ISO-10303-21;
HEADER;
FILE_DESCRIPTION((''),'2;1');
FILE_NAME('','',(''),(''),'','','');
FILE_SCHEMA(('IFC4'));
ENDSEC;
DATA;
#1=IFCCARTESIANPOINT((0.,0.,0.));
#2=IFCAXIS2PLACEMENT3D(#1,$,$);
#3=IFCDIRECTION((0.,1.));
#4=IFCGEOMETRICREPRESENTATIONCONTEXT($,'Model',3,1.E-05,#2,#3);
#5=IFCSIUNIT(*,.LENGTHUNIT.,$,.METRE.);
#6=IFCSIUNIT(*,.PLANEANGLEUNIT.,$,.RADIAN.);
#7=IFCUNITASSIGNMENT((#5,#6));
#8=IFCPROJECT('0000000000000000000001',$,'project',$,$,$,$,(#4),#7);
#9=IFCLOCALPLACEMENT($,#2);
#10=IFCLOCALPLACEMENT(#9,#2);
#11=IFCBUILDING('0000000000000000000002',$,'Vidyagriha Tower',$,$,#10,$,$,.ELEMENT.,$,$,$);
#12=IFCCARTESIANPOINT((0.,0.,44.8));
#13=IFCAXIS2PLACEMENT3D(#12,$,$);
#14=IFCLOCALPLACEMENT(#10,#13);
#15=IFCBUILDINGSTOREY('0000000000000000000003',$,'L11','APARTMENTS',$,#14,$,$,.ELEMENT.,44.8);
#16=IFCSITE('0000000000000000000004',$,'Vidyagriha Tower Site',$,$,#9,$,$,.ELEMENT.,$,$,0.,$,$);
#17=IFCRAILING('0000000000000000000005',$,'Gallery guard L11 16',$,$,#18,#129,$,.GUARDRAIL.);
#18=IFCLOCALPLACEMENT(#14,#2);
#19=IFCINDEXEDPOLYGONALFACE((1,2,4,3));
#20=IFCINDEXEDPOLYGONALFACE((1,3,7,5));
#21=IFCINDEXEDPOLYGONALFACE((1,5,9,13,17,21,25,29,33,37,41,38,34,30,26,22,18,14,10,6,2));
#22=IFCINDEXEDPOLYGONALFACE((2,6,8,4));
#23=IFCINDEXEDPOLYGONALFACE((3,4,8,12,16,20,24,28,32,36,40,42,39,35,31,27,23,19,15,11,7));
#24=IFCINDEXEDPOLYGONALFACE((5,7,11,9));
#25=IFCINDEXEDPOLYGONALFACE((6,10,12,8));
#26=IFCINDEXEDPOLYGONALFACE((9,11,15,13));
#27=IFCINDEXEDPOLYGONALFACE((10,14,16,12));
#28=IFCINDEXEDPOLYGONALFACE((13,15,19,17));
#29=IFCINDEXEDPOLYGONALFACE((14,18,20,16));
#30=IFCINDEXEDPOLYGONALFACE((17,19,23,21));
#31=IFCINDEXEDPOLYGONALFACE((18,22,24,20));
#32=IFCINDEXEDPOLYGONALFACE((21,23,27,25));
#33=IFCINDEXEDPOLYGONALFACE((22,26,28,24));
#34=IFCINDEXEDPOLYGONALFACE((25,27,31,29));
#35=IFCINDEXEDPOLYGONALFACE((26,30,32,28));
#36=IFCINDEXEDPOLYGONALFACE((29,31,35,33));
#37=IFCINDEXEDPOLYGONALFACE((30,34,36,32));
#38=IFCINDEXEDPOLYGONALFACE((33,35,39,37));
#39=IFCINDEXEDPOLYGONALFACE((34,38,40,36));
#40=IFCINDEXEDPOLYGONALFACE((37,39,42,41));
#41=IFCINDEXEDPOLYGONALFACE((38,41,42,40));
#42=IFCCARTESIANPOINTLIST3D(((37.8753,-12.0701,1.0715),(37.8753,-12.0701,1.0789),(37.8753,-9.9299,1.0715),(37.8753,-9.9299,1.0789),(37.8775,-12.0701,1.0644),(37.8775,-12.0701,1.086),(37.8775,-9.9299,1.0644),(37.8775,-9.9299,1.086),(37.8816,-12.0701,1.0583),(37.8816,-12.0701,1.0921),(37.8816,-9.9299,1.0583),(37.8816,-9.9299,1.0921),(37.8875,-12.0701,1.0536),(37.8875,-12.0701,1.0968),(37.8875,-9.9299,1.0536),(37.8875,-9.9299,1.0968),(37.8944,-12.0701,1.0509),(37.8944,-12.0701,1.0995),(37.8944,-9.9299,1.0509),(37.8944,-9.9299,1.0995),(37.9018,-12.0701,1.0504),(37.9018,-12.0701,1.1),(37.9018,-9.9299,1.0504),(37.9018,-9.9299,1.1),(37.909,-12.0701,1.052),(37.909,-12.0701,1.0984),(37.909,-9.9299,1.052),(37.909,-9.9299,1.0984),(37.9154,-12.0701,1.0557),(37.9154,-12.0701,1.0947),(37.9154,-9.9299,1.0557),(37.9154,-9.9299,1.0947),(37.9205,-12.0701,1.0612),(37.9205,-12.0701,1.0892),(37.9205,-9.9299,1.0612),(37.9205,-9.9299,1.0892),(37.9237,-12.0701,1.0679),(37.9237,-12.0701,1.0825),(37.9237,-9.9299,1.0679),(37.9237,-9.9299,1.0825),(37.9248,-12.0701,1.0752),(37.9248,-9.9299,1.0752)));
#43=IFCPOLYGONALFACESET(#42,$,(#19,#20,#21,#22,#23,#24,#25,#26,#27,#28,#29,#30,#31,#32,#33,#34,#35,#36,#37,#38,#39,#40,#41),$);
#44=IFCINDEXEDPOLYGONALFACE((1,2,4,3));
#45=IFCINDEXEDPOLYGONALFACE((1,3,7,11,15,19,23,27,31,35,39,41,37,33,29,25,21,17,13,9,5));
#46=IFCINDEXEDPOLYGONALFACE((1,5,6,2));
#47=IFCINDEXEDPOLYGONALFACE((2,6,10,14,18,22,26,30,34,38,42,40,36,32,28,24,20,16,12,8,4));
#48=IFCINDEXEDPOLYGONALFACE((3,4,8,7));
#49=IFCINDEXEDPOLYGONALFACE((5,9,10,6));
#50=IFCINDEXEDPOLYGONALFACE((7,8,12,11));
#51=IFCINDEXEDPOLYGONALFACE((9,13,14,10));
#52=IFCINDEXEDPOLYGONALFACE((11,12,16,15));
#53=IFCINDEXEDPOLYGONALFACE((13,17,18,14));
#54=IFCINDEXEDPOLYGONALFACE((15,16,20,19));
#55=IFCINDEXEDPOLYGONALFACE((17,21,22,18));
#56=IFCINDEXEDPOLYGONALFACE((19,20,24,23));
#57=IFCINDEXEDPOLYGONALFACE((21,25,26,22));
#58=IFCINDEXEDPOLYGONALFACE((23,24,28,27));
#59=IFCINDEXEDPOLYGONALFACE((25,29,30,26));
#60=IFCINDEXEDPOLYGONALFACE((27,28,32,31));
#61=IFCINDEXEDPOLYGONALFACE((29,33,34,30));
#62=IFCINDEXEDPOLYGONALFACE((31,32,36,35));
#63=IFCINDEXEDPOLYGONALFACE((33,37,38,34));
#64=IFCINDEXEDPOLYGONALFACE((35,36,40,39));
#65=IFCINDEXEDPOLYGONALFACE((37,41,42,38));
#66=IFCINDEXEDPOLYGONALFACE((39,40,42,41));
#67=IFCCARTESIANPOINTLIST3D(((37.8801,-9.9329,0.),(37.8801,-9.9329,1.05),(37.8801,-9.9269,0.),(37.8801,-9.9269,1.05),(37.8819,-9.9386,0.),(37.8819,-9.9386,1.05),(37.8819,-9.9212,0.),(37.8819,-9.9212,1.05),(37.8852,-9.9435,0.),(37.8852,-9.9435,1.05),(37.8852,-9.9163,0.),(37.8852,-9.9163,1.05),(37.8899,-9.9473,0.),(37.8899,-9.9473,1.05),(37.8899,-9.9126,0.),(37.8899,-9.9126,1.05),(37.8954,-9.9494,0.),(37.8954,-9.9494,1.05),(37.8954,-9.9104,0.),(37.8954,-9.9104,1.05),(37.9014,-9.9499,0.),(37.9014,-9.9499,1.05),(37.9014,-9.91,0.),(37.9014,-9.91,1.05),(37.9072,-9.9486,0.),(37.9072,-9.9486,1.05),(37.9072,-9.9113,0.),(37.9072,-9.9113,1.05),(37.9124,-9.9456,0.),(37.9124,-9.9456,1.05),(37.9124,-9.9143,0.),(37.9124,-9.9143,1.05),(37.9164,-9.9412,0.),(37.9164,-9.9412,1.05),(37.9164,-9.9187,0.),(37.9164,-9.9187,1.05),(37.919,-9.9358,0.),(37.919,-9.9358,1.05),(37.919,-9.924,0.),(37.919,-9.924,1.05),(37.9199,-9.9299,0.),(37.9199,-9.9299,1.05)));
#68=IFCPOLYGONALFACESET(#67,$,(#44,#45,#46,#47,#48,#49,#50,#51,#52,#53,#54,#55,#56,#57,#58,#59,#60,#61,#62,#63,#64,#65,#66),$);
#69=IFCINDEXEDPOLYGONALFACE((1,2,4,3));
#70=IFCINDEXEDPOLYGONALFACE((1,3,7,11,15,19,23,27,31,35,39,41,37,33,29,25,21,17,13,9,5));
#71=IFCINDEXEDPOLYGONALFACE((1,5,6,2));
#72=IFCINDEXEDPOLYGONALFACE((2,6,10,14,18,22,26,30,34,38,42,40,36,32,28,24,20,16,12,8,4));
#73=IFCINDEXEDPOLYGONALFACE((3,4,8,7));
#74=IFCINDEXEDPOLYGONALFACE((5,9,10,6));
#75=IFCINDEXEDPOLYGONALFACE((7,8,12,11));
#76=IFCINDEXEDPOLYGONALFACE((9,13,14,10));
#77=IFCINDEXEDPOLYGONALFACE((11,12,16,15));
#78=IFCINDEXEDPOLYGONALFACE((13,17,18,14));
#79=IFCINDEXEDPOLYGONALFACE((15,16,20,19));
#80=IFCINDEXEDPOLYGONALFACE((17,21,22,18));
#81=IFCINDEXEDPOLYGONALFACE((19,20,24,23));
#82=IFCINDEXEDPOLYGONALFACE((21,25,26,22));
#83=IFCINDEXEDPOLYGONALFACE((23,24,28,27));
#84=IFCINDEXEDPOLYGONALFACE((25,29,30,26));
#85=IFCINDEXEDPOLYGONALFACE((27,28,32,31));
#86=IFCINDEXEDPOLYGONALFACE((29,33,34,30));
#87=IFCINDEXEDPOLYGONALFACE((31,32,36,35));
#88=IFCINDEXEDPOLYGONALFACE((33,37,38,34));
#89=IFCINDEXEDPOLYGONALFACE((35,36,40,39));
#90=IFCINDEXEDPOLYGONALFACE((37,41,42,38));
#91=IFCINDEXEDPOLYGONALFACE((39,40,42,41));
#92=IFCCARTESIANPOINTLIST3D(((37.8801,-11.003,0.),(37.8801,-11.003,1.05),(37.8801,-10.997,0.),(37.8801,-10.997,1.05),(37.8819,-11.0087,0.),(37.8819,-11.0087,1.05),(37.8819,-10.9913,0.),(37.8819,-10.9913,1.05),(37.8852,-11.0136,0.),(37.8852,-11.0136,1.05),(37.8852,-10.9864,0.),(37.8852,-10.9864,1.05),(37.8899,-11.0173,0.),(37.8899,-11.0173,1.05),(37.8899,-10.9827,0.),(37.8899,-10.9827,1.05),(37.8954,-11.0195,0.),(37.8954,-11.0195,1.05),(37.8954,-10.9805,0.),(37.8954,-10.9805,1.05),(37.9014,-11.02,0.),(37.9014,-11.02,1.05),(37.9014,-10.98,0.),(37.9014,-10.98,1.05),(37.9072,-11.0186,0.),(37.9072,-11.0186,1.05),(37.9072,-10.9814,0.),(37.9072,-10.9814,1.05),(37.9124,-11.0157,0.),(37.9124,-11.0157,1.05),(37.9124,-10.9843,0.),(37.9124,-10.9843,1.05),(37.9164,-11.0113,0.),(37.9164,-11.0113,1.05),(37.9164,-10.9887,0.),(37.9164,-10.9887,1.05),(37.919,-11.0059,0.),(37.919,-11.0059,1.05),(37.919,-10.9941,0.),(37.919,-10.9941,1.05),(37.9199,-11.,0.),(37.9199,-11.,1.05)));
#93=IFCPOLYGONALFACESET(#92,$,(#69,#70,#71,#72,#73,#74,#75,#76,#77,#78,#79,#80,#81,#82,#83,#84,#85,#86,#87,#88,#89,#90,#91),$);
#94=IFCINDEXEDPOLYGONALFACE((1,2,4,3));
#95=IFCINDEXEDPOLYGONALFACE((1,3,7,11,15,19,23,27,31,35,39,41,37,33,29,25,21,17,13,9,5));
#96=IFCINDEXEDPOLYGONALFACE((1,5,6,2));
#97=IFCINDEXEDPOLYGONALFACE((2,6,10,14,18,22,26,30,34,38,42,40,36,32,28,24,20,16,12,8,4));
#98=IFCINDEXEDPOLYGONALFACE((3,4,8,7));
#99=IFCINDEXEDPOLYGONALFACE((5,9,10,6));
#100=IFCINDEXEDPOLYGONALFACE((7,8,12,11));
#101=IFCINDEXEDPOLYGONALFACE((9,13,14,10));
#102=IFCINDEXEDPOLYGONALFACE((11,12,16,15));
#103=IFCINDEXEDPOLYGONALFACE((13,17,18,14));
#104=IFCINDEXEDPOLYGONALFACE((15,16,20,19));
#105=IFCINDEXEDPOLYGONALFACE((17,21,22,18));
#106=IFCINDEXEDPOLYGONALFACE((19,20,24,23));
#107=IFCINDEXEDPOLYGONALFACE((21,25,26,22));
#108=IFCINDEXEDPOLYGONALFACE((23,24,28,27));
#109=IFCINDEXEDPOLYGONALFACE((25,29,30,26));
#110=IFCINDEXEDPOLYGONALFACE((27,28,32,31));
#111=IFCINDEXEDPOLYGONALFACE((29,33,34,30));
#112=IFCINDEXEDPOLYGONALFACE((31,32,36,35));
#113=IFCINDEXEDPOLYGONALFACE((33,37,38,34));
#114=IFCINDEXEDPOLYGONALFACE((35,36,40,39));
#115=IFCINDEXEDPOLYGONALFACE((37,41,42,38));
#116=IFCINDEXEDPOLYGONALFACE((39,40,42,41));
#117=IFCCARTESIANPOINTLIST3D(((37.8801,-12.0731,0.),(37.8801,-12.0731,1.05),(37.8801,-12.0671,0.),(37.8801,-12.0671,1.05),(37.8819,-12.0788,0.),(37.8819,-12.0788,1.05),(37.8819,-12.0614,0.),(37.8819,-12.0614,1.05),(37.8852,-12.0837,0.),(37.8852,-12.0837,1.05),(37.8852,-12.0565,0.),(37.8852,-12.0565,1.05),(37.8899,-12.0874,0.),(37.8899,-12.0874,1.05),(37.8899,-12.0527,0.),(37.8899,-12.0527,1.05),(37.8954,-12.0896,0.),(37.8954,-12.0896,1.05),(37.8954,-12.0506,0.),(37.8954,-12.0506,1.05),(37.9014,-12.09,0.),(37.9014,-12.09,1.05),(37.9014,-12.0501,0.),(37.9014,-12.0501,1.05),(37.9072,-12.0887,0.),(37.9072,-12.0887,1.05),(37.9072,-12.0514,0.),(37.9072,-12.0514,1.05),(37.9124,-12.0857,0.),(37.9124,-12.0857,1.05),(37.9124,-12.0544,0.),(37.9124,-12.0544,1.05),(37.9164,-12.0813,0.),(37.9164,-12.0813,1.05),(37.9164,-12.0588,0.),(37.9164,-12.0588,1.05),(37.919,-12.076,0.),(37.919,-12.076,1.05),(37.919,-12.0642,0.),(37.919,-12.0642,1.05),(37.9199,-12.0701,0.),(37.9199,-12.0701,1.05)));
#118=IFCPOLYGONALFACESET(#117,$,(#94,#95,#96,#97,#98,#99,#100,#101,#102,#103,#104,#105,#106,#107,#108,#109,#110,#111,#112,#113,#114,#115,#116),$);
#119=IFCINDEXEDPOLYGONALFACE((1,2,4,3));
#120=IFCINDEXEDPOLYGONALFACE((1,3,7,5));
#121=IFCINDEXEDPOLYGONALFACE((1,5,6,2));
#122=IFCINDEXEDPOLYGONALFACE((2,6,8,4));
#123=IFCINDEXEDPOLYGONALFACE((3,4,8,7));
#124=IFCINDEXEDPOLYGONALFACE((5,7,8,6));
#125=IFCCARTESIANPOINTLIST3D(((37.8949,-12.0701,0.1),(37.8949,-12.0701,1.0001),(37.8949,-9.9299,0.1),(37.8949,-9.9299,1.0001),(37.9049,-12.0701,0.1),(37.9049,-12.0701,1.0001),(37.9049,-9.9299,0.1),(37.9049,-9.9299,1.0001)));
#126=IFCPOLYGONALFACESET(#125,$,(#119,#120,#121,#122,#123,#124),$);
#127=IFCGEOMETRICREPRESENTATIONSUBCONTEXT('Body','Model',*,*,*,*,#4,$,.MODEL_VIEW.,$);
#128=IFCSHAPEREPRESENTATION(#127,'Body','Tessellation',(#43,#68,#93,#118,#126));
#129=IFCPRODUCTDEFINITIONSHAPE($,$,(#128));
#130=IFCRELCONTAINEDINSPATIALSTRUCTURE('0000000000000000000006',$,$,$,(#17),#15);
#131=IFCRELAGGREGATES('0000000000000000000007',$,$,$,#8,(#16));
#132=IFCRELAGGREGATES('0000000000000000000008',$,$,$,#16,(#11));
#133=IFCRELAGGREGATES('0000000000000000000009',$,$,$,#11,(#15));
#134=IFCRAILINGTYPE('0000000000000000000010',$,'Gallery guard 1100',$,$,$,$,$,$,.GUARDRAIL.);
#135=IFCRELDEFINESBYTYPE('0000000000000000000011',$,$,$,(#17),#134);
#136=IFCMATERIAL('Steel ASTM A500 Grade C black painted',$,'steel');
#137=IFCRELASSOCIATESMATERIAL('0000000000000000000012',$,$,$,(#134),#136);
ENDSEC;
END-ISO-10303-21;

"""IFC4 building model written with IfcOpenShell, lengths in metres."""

from ifc_helpers import new_model, si_unit, direction, frame, origin, origin_2d, place, context, subcontext, project, spatial, rectangle, circle, extrude, material, type_object, element, save


model = new_model("IFC4")

# Units and contexts
model_context = context("Model", 3, precision=1e-05, world=origin(), true_north=direction((0.0, 1.0)))
body_context = subcontext(model_context, "Body", "Model", "MODEL_VIEW")
ifc_project = project(units=[si_unit("LENGTHUNIT", "METRE"), si_unit("PLANEANGLEUNIT", "RADIAN")], contexts=[model_context])

# Site, building, storey
site_placement = place(None, origin())
site = spatial("IfcSite", under=ifc_project, at=site_placement, Name="Vidyagriha Tower Site", CompositionType="ELEMENT", RefElevation=0.0)
building_placement = place(site_placement, origin())
building = spatial("IfcBuilding", under=site, at=building_placement, Name="Vidyagriha Tower", CompositionType="ELEMENT")
storey_placement = place(building_placement, frame((0.0, 0.0, 44.8)))
storey = spatial("IfcBuildingStorey", under=building, at=storey_placement, Name="L11", Description="APARTMENTS", CompositionType="ELEMENT", Elevation=44.8)

# Railing
ifc_material_1 = material(Name="Steel ASTM A500 Grade C black painted", Category="steel")
railing_type = type_object("IfcRailingType", Name="Gallery guard 1100", PredefinedType="GUARDRAIL", material=ifc_material_1)
railing_1_placement = place(storey_placement, frame((37.8999, -9.9299, 0.0)))
element("IfcRailing", 1, at=railing_1_placement, inside=storey, type_object=railing_type, Name="Gallery guard L11 16", PredefinedType="GUARDRAIL", context=body_context, shape_type="SweptSolid", body=[
    extrude(circle(Radius=0.0249, at=origin_2d()), frame((0.0, 0.0, 1.0752), z_axis=(0.0, -1.0, 0.0), x_axis=(1.0, 0.0, 0.0)), (0.0, 0.0, 1.0), 2.1401),
    extrude(circle(Radius=0.02, at=origin_2d()), origin(), (0.0, 0.0, 1.0), 1.05),
    extrude(circle(Radius=0.02, at=origin_2d()), frame((0.0, -1.0701, 0.0)), (0.0, 0.0, 1.0), 1.05),
    extrude(circle(Radius=0.02, at=origin_2d()), frame((0.0, -2.1401, 0.0)), (0.0, 0.0, 1.0), 1.05),
    extrude(rectangle(XDim=0.01, YDim=0.9001, at=origin_2d()), frame((0.0, 0.0, 0.55), z_axis=(0.0, -1.0, 0.0), x_axis=(1.0, 0.0, 0.0)), (0.0, 0.0, 1.0), 2.1401),
])

save(model, "model.ifc")
